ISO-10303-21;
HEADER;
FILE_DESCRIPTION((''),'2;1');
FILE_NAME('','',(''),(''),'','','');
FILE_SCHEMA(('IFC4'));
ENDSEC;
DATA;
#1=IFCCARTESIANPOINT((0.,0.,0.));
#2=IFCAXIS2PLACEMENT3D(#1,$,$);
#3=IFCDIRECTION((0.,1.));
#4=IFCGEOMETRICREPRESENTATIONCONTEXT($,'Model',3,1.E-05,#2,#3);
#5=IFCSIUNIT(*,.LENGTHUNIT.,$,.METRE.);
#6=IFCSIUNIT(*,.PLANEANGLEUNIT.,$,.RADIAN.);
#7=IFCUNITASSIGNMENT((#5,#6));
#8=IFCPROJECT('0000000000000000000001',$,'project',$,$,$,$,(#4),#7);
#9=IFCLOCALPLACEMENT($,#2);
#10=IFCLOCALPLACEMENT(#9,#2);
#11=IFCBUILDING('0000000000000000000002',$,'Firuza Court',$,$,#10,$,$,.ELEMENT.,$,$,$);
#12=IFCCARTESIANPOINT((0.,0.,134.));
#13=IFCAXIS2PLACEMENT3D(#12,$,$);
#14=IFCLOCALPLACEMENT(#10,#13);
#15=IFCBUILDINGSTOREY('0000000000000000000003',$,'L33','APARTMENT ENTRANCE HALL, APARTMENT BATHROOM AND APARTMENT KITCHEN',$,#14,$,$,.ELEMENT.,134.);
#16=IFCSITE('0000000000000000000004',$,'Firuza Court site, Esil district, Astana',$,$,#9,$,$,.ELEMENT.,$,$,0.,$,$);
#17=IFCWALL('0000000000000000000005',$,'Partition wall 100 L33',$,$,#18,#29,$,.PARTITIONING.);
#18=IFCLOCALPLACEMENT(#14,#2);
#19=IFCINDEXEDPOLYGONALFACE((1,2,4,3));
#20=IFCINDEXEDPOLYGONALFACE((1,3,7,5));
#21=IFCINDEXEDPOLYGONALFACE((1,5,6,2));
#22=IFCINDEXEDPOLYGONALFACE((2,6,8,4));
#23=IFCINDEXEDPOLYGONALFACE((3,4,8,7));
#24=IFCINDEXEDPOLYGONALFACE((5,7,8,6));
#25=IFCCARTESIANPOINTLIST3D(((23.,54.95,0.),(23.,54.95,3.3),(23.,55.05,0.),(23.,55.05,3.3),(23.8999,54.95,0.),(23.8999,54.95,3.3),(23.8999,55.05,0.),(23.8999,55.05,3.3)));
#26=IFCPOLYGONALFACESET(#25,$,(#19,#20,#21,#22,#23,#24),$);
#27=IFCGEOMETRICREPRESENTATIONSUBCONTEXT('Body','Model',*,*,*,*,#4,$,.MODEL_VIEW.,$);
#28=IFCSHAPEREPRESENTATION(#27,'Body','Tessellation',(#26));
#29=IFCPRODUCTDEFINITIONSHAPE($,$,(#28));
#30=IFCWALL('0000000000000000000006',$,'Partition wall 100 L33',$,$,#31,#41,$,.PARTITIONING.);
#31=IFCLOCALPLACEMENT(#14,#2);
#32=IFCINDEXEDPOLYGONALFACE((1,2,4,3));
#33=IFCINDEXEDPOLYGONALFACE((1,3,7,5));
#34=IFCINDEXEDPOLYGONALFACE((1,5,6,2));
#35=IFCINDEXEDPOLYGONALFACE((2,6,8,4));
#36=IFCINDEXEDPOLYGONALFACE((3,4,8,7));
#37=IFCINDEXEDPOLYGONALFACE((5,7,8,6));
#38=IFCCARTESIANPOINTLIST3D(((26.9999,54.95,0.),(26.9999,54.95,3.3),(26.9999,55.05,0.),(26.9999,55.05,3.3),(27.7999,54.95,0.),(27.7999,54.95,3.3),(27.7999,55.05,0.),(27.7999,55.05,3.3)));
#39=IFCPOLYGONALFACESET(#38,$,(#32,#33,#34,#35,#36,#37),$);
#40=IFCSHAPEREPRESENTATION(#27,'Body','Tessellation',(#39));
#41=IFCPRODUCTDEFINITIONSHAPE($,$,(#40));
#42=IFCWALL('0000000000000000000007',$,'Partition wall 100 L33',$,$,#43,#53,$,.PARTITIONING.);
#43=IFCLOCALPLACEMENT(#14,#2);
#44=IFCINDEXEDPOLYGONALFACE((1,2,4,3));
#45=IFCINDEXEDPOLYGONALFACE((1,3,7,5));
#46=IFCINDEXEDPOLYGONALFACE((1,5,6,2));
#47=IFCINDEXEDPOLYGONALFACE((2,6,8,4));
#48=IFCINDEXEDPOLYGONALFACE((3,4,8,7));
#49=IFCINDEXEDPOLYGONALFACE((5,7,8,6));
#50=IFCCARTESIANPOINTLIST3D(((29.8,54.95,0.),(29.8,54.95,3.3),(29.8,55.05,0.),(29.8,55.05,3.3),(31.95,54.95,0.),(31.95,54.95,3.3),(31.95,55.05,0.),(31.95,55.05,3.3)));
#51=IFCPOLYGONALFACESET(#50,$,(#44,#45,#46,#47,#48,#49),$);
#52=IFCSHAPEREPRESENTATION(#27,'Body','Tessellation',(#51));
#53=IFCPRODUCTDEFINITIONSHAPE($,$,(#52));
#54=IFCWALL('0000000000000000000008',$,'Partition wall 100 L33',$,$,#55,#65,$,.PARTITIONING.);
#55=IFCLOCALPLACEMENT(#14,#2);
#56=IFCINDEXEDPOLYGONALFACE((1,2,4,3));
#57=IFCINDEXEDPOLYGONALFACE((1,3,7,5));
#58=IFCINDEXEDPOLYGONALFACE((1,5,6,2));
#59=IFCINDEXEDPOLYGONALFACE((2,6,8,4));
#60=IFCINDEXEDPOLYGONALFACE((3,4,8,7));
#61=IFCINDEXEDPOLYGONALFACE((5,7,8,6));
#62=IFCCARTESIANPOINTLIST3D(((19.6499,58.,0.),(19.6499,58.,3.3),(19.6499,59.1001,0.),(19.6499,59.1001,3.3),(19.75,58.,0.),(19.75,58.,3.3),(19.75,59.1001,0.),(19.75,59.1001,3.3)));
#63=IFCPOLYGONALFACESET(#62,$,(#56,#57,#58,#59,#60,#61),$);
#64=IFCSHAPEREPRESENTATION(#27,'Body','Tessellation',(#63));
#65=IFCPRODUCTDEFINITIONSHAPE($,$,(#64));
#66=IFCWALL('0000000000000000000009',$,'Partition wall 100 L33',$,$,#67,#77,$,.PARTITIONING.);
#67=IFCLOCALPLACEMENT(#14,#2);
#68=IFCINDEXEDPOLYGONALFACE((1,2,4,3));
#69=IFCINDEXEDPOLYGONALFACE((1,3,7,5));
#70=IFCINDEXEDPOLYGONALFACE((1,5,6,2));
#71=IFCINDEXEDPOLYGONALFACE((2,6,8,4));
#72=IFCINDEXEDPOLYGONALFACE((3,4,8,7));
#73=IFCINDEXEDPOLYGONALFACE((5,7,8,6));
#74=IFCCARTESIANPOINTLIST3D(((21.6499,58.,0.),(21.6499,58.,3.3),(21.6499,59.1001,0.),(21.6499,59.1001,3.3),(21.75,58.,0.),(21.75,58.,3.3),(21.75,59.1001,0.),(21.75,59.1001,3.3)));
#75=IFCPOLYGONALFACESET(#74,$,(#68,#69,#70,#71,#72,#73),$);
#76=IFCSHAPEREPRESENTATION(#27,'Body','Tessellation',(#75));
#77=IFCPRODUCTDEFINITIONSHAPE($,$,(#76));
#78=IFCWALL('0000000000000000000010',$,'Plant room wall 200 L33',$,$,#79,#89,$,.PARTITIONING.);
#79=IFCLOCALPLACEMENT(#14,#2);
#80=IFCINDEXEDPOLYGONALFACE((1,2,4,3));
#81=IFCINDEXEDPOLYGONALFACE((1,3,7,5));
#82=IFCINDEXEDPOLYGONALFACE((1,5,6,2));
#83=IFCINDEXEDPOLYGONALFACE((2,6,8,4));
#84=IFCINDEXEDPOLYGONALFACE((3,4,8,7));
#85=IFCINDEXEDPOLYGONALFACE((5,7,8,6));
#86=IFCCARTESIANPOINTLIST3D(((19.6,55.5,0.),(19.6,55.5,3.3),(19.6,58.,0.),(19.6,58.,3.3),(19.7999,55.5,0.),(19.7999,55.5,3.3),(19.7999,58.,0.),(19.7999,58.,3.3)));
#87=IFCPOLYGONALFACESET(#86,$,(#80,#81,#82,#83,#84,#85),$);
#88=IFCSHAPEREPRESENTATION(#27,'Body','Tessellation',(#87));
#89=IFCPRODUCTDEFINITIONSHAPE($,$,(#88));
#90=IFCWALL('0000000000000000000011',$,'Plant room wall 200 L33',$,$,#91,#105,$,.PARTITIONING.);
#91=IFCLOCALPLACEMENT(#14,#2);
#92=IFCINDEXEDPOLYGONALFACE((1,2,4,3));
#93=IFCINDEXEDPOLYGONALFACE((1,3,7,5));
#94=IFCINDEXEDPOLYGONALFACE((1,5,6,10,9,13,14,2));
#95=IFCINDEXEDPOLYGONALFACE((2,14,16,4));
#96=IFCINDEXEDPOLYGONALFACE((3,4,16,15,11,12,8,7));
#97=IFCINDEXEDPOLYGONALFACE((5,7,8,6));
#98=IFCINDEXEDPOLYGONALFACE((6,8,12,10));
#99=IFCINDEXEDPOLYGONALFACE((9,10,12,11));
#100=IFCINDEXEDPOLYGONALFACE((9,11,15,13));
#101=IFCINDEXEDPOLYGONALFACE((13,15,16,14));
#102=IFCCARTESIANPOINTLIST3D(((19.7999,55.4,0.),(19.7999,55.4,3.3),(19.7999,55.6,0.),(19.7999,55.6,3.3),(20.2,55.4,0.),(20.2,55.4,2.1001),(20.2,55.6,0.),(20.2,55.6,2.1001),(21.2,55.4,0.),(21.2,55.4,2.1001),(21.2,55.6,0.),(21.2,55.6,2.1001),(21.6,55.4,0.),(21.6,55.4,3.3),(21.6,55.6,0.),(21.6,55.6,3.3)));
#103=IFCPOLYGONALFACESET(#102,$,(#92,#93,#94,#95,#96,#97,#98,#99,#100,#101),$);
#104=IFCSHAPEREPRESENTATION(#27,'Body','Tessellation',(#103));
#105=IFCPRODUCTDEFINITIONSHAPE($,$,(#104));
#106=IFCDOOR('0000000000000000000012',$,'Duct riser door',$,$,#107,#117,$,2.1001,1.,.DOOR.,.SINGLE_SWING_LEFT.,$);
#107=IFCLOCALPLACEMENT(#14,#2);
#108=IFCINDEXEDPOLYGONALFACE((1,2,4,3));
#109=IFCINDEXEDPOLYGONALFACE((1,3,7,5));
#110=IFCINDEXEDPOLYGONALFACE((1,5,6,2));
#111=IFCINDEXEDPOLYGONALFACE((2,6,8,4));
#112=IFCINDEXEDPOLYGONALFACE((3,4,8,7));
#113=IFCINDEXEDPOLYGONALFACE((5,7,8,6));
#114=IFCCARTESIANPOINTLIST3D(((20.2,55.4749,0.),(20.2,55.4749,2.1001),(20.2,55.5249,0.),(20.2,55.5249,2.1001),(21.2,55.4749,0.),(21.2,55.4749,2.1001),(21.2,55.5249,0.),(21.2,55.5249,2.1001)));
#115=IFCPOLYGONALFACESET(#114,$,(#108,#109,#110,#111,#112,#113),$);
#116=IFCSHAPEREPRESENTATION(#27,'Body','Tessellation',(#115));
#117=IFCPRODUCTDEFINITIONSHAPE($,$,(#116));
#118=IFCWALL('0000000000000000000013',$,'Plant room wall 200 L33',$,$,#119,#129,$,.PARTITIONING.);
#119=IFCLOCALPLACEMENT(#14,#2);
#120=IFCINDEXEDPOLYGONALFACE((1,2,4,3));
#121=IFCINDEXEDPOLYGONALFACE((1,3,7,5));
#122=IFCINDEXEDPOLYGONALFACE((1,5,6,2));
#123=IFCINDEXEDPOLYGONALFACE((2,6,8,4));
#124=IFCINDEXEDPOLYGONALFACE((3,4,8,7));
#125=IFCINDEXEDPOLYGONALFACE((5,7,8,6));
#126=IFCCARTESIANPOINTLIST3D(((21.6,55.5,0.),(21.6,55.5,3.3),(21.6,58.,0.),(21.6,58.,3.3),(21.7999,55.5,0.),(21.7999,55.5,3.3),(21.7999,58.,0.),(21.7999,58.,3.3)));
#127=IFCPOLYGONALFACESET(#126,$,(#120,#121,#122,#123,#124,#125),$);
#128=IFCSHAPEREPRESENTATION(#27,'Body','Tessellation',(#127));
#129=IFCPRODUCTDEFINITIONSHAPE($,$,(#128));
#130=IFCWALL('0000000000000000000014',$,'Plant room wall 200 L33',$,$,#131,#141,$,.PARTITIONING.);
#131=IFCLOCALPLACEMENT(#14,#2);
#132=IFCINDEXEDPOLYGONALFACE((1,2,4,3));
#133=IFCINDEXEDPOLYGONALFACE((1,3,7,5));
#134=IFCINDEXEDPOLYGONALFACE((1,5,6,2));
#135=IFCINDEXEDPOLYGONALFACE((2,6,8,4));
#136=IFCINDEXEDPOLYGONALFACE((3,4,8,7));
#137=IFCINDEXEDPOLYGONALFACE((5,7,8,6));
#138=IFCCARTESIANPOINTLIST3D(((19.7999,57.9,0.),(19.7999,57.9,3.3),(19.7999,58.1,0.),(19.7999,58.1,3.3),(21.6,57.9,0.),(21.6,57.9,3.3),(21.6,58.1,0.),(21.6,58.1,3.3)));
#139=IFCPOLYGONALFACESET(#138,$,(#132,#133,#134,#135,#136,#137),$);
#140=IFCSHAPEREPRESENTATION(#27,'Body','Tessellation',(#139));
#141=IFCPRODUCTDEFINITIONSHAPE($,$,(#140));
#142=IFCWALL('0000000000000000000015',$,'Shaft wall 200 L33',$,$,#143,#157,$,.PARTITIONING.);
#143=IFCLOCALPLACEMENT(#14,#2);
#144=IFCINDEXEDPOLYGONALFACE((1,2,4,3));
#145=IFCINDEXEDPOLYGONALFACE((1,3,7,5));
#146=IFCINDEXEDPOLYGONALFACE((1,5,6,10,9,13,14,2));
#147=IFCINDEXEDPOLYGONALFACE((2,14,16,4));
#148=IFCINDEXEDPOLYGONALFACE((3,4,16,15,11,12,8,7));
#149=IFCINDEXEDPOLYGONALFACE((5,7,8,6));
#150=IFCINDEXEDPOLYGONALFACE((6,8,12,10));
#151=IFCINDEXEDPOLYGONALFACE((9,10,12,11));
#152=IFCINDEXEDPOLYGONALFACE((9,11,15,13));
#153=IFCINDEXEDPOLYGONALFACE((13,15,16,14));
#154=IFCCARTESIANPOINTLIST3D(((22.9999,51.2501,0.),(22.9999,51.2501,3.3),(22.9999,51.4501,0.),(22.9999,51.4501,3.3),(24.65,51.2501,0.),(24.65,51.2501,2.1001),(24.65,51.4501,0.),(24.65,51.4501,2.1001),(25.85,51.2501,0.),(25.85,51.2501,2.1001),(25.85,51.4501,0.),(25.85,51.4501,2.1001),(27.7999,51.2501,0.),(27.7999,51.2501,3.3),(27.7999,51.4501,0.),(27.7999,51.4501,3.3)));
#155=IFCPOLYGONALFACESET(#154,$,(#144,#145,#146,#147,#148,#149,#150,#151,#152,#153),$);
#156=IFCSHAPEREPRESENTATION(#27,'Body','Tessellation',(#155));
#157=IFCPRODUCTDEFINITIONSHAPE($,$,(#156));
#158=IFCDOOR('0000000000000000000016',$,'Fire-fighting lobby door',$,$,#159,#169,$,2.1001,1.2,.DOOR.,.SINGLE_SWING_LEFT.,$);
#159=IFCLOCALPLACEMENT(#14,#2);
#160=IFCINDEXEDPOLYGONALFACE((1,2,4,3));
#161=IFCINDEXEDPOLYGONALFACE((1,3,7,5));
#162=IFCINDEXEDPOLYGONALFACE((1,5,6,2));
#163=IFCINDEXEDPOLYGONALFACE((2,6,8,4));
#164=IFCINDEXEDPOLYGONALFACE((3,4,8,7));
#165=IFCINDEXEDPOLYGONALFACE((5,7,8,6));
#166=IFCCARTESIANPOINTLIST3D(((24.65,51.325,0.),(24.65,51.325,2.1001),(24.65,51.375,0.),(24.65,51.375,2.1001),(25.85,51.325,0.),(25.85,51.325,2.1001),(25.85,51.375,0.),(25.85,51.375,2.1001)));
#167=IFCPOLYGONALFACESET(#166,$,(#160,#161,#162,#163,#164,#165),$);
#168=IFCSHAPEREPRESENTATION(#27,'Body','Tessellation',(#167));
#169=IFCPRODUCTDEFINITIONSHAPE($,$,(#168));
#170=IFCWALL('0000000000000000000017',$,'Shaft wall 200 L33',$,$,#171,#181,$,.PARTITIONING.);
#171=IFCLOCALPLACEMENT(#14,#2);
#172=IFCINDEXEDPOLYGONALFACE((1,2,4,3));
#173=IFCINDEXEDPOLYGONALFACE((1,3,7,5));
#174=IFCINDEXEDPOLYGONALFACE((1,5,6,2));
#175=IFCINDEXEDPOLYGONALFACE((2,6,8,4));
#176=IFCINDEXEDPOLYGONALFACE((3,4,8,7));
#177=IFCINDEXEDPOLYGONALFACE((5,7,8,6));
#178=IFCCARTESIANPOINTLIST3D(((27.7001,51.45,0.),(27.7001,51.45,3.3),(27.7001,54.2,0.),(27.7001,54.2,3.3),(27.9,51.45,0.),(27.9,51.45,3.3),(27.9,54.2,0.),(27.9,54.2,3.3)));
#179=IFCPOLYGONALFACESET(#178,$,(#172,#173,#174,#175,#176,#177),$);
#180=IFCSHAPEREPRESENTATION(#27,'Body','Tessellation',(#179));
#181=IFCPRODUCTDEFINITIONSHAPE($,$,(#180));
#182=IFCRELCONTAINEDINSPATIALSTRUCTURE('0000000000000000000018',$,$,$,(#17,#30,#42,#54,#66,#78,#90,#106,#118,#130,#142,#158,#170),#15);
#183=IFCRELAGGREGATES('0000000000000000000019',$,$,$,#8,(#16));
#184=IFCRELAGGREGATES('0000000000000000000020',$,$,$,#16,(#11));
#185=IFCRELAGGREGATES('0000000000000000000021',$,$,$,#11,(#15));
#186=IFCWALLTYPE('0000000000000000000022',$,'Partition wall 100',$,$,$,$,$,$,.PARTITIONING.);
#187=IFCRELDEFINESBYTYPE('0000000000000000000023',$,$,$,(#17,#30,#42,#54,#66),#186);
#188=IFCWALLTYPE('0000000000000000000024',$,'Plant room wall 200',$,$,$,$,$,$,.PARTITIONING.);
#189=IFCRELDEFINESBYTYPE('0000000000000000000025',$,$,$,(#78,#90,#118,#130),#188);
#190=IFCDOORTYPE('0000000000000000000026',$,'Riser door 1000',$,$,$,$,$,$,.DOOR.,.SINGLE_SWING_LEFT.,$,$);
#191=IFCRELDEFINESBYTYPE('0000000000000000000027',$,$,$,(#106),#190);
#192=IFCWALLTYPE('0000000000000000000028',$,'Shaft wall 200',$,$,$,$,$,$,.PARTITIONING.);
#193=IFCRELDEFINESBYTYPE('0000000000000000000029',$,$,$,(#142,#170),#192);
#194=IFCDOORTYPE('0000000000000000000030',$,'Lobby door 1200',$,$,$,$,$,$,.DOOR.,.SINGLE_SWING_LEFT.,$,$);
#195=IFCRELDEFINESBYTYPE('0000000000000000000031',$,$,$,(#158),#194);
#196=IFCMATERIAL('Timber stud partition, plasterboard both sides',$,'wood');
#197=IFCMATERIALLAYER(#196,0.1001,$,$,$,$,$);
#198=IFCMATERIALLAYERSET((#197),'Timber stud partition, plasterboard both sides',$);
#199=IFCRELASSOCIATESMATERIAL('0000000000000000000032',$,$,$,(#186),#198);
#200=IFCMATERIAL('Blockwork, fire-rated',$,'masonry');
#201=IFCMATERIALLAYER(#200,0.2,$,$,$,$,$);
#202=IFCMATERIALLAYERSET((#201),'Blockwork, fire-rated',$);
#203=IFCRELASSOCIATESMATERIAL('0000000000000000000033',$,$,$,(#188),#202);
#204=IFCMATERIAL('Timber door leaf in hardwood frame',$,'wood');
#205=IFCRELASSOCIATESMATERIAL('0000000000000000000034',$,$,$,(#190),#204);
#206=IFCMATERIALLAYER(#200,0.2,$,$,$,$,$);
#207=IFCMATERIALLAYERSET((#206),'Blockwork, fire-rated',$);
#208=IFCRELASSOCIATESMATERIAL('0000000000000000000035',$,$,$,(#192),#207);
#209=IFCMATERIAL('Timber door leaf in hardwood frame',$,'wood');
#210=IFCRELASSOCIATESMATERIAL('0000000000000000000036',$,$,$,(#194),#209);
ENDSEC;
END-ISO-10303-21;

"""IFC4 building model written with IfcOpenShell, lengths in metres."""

from ifc_helpers import new_model, si_unit, direction, frame, frame_2d, origin, place, context, subcontext, project, spatial, rectangle, extrude, material, layer, layer_set, type_object, element, fill, save


model = new_model("IFC4")

# Units and contexts
model_context = context("Model", 3, precision=1e-05, world=origin(), true_north=direction((0.0, 1.0)))
body_context = subcontext(model_context, "Body", "Model", "MODEL_VIEW")
ifc_project = project(units=[si_unit("LENGTHUNIT", "METRE"), si_unit("PLANEANGLEUNIT", "RADIAN")], contexts=[model_context])

# Site, building, storey
site_placement = place(None, origin())
site = spatial("IfcSite", under=ifc_project, at=site_placement, Name="Firuza Court site, Esil district, Astana", CompositionType="ELEMENT", RefElevation=0.0)
building_placement = place(site_placement, origin())
building = spatial("IfcBuilding", under=site, at=building_placement, Name="Firuza Court", CompositionType="ELEMENT")
storey_placement = place(building_placement, frame((0.0, 0.0, 134.0)))
storey = spatial("IfcBuildingStorey", under=building, at=storey_placement, Name="L33", Description="APARTMENT ENTRANCE HALL, APARTMENT BATHROOM AND APARTMENT KITCHEN", CompositionType="ELEMENT", Elevation=134.0)

# Walls
ifc_material_1 = material(Name="Timber stud partition, plasterboard both sides", Category="wood")
ifc_layer_1 = layer(ifc_material_1, 0.1001)
ifc_layer_set_1 = layer_set([ifc_layer_1], Name="Timber stud partition, plasterboard both sides")
wall_type_1 = type_object("IfcWallType", Name="Partition wall 100", PredefinedType="PARTITIONING", material=ifc_layer_set_1)
wall_1_placement = place(storey_placement, frame((23.0, 55.0, 0.0), z_axis=(0.0, 0.0, 1.0), x_axis=(1.0, 0.0, 0.0)))
element("IfcWall", 1, at=wall_1_placement, inside=storey, type_object=wall_type_1, Name="Partition wall 100 L33", PredefinedType="PARTITIONING", context=body_context, shape_type="SweptSolid", body=[
    extrude(rectangle(XDim=0.8999, YDim=0.1001, at=frame_2d((0.45, 0.0))), origin(), (0.0, 0.0, 1.0), 3.3),
])
wall_2_placement = place(storey_placement, frame((27.0, 55.0, 0.0), z_axis=(0.0, 0.0, 1.0), x_axis=(1.0, 0.0, 0.0)))
element("IfcWall", 2, at=wall_2_placement, inside=storey, type_object=wall_type_1, Name="Partition wall 100 L33", PredefinedType="PARTITIONING", context=body_context, shape_type="SweptSolid", body=[
    extrude(rectangle(XDim=0.8, YDim=0.1001, at=frame_2d((0.3999, 0.0))), origin(), (0.0, 0.0, 1.0), 3.3),
])
wall_3_placement = place(storey_placement, frame((29.8, 55.0, 0.0), z_axis=(0.0, 0.0, 1.0), x_axis=(1.0, 0.0, 0.0)))
element("IfcWall", 3, at=wall_3_placement, inside=storey, type_object=wall_type_1, Name="Partition wall 100 L33", PredefinedType="PARTITIONING", context=body_context, shape_type="SweptSolid", body=[
    extrude(rectangle(XDim=2.1499, YDim=0.1001, at=frame_2d((1.075, 0.0))), origin(), (0.0, 0.0, 1.0), 3.3),
])
for number, where, z_axis, x_axis, name in (
    (4, (19.7, 58.0, 0.0), (0.0, 0.0, 1.0), (0.0, 1.0, 0.0), "Partition wall 100 L33"),
    (5, (21.7, 58.0, 0.0), (0.0, 0.0, 1.0), (0.0, 1.0, 0.0), "Partition wall 100 L33"),
):
    element("IfcWall", number, at=place(storey_placement, frame(where, z_axis=z_axis, x_axis=x_axis)), inside=storey, type_object=wall_type_1, Name=name, PredefinedType="PARTITIONING", context=body_context, shape_type="SweptSolid", body=[
        extrude(rectangle(XDim=1.1001, YDim=0.1001, at=frame_2d((0.55, 0.0))), origin(), (0.0, 0.0, 1.0), 3.3),
    ])
ifc_material_2 = material(Name="Blockwork, fire-rated", Category="masonry")
ifc_layer_2 = layer(ifc_material_2, 0.2)
ifc_layer_set_2 = layer_set([ifc_layer_2], Name="Blockwork, fire-rated")
wall_type_2 = type_object("IfcWallType", Name="Plant room wall 200", PredefinedType="PARTITIONING", material=ifc_layer_set_2)
wall_4_placement = place(storey_placement, frame((19.7, 55.5, 0.0), z_axis=(0.0, 0.0, 1.0), x_axis=(0.0, 1.0, 0.0)))
element("IfcWall", 6, at=wall_4_placement, inside=storey, type_object=wall_type_2, Name="Plant room wall 200 L33", PredefinedType="PARTITIONING", context=body_context, shape_type="SweptSolid", body=[
    extrude(rectangle(XDim=2.5, YDim=0.2, at=frame_2d((1.25, 0.0))), origin(), (0.0, 0.0, 1.0), 3.3),
])

# Wall, opening, door
wall_5_placement = place(storey_placement, frame((19.8, 55.5, 0.0), z_axis=(0.0, 0.0, 1.0), x_axis=(1.0, 0.0, 0.0)))
wall_5 = element("IfcWall", 7, at=wall_5_placement, inside=storey, type_object=wall_type_2, Name="Plant room wall 200 L33", PredefinedType="PARTITIONING", context=body_context, shape_type="SweptSolid", body=[
    extrude(rectangle(XDim=1.8, YDim=0.2, at=frame_2d((0.8999, 0.0))), origin(), (0.0, 0.0, 1.0), 3.3),
])
opening_1_placement = place(wall_5_placement, frame((0.3999, 0.0, 0.0)))
opening_1 = element("IfcOpeningElement", 8, at=opening_1_placement, cuts=wall_5, PredefinedType="OPENING", context=body_context, shape_type="SweptSolid", body=[
    extrude(rectangle(XDim=1.0, YDim=2.1001, at=frame_2d((0.5, 1.05))), frame((0.0, 0.1118, 0.0), z_axis=(0.0, -1.0, 0.0), x_axis=(1.0, 0.0, 0.0)), (0.0, 0.0, 1.0), 0.2239),
])
ifc_material_3 = material(Name="Timber door leaf in hardwood frame", Category="wood")
door_type_1 = type_object("IfcDoorType", Name="Riser door 1000", OperationType="SINGLE_SWING_LEFT", PredefinedType="DOOR", material=ifc_material_3)
door_1_placement = place(opening_1_placement, origin())
door_1 = element("IfcDoor", 9, at=door_1_placement, inside=storey, type_object=door_type_1, Name="Duct riser door", OperationType="SINGLE_SWING_LEFT", OverallHeight=2.1001, OverallWidth=1.0, PredefinedType="DOOR", context=body_context, shape_type="SweptSolid", body=[
    extrude(rectangle(XDim=1.0, YDim=2.1001, at=frame_2d((0.5, 1.05))), frame((0.0, 0.0249, 0.0), z_axis=(0.0, -1.0, 0.0), x_axis=(1.0, 0.0, 0.0)), (0.0, 0.0, 1.0), 0.05),
])
fill(opening_1, door_1)

# Walls
wall_6_placement = place(storey_placement, frame((21.7, 55.5, 0.0), z_axis=(0.0, 0.0, 1.0), x_axis=(0.0, 1.0, 0.0)))
element("IfcWall", 10, at=wall_6_placement, inside=storey, type_object=wall_type_2, Name="Plant room wall 200 L33", PredefinedType="PARTITIONING", context=body_context, shape_type="SweptSolid", body=[
    extrude(rectangle(XDim=2.5, YDim=0.2, at=frame_2d((1.25, 0.0))), origin(), (0.0, 0.0, 1.0), 3.3),
])
wall_7_placement = place(storey_placement, frame((19.8, 58.0, 0.0), z_axis=(0.0, 0.0, 1.0), x_axis=(1.0, 0.0, 0.0)))
element("IfcWall", 11, at=wall_7_placement, inside=storey, type_object=wall_type_2, Name="Plant room wall 200 L33", PredefinedType="PARTITIONING", context=body_context, shape_type="SweptSolid", body=[
    extrude(rectangle(XDim=1.8, YDim=0.2, at=frame_2d((0.8999, 0.0))), origin(), (0.0, 0.0, 1.0), 3.3),
])

# Wall, opening, door
ifc_layer_3 = layer(ifc_material_2, 0.2)
ifc_layer_set_3 = layer_set([ifc_layer_3], Name="Blockwork, fire-rated")
wall_type_3 = type_object("IfcWallType", Name="Shaft wall 200", PredefinedType="PARTITIONING", material=ifc_layer_set_3)
wall_8_placement = place(storey_placement, frame((23.0, 51.3501, 0.0), z_axis=(0.0, 0.0, 1.0), x_axis=(1.0, 0.0, 0.0)))
wall_8 = element("IfcWall", 12, at=wall_8_placement, inside=storey, type_object=wall_type_3, Name="Shaft wall 200 L33", PredefinedType="PARTITIONING", context=body_context, shape_type="SweptSolid", body=[
    extrude(rectangle(XDim=4.8, YDim=0.2, at=frame_2d((2.3999, 0.0))), origin(), (0.0, 0.0, 1.0), 3.3),
])
opening_2_placement = place(wall_8_placement, frame((1.6499, 0.0, 0.0)))
opening_2 = element("IfcOpeningElement", 13, at=opening_2_placement, cuts=wall_8, PredefinedType="OPENING", context=body_context, shape_type="SweptSolid", body=[
    extrude(rectangle(XDim=1.2, YDim=2.1001, at=frame_2d((0.6001, 1.05))), frame((0.0, 0.1118, 0.0), z_axis=(0.0, -1.0, 0.0), x_axis=(1.0, 0.0, 0.0)), (0.0, 0.0, 1.0), 0.2239),
])
ifc_material_4 = material(Name="Timber door leaf in hardwood frame", Category="wood")
door_type_2 = type_object("IfcDoorType", Name="Lobby door 1200", OperationType="SINGLE_SWING_LEFT", PredefinedType="DOOR", material=ifc_material_4)
door_2_placement = place(opening_2_placement, origin())
door_2 = element("IfcDoor", 14, at=door_2_placement, inside=storey, type_object=door_type_2, Name="Fire-fighting lobby door", OperationType="SINGLE_SWING_LEFT", OverallHeight=2.1001, OverallWidth=1.2, PredefinedType="DOOR", context=body_context, shape_type="SweptSolid", body=[
    extrude(rectangle(XDim=1.2, YDim=2.1001, at=frame_2d((0.6001, 1.05))), frame((0.0, 0.0249, 0.0), z_axis=(0.0, -1.0, 0.0), x_axis=(1.0, 0.0, 0.0)), (0.0, 0.0, 1.0), 0.05),
])
fill(opening_2, door_2)

# Wall
wall_9_placement = place(storey_placement, frame((27.8, 51.45, 0.0), z_axis=(0.0, 0.0, 1.0), x_axis=(0.0, 1.0, 0.0)))
element("IfcWall", 15, at=wall_9_placement, inside=storey, type_object=wall_type_3, Name="Shaft wall 200 L33", PredefinedType="PARTITIONING", context=body_context, shape_type="SweptSolid", body=[
    extrude(rectangle(XDim=2.75, YDim=0.2, at=frame_2d((1.375, 0.0))), origin(), (0.0, 0.0, 1.0), 3.3),
])

save(model, "model.ifc")
